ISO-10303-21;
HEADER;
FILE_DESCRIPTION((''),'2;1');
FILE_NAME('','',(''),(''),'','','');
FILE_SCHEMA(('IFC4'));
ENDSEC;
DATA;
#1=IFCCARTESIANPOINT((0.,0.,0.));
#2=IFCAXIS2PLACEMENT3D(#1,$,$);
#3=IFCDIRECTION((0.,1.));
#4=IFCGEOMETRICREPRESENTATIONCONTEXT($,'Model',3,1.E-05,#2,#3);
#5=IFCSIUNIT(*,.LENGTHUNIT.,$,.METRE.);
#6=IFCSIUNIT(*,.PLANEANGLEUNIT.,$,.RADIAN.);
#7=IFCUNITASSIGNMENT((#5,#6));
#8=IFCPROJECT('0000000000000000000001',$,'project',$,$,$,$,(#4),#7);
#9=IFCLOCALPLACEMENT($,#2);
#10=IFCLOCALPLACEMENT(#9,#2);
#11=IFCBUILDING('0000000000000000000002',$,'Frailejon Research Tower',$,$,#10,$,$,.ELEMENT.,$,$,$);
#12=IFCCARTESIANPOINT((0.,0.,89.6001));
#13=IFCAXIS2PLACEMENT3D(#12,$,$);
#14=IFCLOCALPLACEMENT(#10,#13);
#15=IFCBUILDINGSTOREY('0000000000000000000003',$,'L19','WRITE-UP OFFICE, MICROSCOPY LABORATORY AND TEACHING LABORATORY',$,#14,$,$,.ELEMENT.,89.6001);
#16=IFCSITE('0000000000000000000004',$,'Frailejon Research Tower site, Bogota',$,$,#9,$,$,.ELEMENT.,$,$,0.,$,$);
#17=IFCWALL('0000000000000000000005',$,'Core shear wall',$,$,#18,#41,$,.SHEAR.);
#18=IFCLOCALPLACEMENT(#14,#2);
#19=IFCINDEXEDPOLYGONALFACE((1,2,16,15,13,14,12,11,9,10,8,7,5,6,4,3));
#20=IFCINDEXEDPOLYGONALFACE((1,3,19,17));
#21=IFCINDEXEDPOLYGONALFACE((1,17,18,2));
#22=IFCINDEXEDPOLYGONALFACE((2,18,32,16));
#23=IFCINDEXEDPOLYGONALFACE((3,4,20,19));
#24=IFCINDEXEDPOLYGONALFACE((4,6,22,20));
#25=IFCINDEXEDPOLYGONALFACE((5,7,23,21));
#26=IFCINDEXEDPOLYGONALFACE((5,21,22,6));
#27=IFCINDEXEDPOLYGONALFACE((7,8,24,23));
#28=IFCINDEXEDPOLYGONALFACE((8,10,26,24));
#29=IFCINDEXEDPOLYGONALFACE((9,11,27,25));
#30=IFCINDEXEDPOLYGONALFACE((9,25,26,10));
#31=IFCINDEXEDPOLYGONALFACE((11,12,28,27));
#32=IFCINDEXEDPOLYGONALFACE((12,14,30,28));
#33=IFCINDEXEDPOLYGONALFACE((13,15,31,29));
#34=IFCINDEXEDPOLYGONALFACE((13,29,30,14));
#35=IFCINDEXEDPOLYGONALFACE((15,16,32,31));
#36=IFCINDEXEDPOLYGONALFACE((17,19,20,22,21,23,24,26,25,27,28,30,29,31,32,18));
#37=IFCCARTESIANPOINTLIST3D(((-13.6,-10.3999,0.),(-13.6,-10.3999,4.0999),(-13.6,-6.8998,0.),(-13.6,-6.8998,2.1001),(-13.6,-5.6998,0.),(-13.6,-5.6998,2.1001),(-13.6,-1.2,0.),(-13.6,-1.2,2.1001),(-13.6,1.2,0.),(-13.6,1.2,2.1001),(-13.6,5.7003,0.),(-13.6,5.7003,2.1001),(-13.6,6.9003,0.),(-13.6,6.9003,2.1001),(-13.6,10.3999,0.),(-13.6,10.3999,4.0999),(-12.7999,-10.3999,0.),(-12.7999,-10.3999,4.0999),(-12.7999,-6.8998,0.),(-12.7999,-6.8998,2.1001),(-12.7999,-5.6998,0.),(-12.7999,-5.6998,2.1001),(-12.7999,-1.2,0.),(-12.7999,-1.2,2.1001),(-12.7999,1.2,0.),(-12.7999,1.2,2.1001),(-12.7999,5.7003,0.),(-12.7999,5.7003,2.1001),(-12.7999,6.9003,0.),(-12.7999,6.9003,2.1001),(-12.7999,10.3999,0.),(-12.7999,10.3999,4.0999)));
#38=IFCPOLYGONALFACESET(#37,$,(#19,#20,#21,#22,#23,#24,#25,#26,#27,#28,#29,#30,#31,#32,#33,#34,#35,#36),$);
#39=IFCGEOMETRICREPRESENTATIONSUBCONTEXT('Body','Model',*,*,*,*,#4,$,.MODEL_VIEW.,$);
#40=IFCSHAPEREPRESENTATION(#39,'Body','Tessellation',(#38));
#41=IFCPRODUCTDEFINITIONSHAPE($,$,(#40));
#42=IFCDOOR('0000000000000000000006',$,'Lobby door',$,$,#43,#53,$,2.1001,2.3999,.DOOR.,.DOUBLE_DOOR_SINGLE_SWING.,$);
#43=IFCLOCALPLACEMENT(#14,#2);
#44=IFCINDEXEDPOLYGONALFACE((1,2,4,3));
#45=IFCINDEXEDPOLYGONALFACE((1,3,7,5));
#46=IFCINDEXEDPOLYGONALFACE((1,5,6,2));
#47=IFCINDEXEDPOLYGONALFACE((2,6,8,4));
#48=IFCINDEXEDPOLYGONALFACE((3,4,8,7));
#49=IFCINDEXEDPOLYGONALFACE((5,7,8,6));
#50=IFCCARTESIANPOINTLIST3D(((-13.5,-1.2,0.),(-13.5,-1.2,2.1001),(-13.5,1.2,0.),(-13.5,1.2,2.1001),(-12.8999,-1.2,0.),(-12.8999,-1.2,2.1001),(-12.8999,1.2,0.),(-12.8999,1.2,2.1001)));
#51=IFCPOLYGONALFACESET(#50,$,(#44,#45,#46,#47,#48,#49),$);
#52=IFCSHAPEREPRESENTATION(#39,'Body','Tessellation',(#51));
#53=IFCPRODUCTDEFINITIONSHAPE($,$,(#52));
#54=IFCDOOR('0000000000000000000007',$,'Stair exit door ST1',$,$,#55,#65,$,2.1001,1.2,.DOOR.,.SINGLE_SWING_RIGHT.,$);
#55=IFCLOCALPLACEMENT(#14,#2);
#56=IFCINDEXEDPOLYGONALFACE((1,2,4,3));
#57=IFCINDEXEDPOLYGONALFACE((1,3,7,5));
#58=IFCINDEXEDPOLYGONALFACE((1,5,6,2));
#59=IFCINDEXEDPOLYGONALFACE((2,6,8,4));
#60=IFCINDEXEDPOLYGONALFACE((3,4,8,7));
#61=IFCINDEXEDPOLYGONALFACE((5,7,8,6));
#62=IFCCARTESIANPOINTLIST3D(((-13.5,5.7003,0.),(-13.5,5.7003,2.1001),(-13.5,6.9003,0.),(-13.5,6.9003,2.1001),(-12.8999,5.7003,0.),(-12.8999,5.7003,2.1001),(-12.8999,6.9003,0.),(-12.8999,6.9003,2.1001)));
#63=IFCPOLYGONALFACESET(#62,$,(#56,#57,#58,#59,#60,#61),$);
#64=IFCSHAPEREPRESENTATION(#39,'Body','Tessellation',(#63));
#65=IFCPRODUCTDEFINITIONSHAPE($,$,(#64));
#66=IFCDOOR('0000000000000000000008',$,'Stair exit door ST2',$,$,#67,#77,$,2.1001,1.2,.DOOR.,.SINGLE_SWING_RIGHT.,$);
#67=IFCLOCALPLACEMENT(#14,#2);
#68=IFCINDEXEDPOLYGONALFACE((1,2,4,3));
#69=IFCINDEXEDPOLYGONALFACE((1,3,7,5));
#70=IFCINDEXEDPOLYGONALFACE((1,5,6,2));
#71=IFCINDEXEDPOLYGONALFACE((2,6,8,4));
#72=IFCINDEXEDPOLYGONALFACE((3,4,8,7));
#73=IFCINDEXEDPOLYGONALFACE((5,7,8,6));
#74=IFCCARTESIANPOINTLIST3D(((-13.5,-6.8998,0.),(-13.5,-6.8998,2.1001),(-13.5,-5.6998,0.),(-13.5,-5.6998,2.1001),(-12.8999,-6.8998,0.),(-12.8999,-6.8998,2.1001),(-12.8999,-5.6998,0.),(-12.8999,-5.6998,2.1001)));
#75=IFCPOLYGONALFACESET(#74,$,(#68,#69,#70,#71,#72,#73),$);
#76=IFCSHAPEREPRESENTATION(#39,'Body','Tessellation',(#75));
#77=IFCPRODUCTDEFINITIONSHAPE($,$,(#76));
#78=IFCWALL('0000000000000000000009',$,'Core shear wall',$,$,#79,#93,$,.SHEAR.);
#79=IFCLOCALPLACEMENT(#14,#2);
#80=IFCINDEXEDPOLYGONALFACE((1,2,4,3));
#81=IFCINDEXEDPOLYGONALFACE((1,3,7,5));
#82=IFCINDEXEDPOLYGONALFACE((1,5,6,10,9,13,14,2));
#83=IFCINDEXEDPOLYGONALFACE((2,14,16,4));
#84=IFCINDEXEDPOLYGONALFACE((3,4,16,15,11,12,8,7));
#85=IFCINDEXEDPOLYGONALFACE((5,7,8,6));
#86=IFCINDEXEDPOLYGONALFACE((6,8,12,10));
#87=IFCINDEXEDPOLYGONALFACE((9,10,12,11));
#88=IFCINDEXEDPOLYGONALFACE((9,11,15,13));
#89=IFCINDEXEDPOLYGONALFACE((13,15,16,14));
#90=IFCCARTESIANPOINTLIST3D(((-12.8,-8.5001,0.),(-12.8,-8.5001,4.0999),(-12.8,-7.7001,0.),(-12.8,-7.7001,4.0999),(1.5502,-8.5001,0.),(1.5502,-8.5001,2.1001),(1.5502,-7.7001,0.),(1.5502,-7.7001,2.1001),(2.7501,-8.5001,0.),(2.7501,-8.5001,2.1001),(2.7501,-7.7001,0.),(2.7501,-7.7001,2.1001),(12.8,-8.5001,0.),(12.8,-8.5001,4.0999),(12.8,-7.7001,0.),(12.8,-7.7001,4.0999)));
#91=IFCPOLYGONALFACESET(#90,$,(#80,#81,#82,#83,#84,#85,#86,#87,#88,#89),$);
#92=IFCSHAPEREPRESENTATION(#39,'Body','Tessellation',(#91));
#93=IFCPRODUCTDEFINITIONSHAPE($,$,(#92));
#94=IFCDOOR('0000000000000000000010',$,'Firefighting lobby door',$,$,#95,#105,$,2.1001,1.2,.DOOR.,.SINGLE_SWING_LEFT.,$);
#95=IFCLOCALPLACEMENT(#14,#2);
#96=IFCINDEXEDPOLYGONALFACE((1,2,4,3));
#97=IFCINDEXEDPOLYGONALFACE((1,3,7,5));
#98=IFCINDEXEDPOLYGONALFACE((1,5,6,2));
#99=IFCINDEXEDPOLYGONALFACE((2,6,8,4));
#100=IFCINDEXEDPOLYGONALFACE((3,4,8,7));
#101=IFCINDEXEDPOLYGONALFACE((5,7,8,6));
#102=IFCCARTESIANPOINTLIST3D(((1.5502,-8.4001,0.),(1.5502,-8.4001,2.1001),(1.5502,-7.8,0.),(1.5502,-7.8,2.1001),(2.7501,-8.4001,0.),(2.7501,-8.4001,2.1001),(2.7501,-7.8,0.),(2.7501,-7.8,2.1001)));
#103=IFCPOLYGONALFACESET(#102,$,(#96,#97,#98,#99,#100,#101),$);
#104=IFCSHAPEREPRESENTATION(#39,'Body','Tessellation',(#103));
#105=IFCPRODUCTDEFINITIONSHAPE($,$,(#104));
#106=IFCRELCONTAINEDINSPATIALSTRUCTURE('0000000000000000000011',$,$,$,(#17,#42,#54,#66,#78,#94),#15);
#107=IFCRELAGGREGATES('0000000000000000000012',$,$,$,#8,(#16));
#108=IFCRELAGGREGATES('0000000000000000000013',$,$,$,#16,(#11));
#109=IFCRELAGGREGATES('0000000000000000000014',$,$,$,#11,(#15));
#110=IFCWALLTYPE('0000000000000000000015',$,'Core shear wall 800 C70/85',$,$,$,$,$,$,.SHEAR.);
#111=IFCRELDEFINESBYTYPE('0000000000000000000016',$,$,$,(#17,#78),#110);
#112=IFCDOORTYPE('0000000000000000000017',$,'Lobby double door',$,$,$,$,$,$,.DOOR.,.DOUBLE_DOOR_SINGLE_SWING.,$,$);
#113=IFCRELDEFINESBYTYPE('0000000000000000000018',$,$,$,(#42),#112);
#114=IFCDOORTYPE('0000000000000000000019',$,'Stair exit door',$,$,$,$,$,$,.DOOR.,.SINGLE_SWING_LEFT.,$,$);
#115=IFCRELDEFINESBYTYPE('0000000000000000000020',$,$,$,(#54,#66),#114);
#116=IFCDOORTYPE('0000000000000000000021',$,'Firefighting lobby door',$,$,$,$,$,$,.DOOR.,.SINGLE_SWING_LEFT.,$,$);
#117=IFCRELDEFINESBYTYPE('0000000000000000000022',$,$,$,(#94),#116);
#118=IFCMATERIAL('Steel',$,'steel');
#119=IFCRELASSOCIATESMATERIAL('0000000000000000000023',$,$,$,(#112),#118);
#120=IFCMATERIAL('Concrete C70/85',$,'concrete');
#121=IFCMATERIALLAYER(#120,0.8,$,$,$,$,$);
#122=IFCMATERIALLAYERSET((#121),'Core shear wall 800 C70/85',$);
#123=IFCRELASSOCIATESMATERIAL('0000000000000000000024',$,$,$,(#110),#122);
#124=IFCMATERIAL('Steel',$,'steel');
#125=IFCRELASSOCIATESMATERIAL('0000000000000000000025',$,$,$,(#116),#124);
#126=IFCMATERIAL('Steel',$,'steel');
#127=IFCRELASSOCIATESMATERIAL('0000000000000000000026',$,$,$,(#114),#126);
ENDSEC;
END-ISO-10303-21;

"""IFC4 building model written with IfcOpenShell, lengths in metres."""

from ifc_helpers import new_model, si_unit, direction, frame, frame_2d, origin, place, context, subcontext, project, spatial, rectangle, extrude, material, layer, layer_set, type_object, element, fill, save


model = new_model("IFC4")

# Units and contexts
model_context = context("Model", 3, precision=1e-05, world=origin(), true_north=direction((0.0, 1.0)))
body_context = subcontext(model_context, "Body", "Model", "MODEL_VIEW")
ifc_project = project(units=[si_unit("LENGTHUNIT", "METRE"), si_unit("PLANEANGLEUNIT", "RADIAN")], contexts=[model_context])

# Site, building, storey
site_placement = place(None, origin())
site = spatial("IfcSite", under=ifc_project, at=site_placement, Name="Frailejon Research Tower site, Bogota", CompositionType="ELEMENT", RefElevation=0.0)
building_placement = place(site_placement, origin())
building = spatial("IfcBuilding", under=site, at=building_placement, Name="Frailejon Research Tower", CompositionType="ELEMENT")
storey_placement = place(building_placement, frame((0.0, 0.0, 89.6001)))
storey = spatial("IfcBuildingStorey", under=building, at=storey_placement, Name="L19", Description="WRITE-UP OFFICE, MICROSCOPY LABORATORY AND TEACHING LABORATORY", CompositionType="ELEMENT", Elevation=89.6001)

# Wall, openings, doors
ifc_material_1 = material(Name="Steel", Category="steel")
door_type_1 = type_object("IfcDoorType", Name="Lobby double door", OperationType="DOUBLE_DOOR_SINGLE_SWING", PredefinedType="DOOR", material=ifc_material_1)
ifc_material_2 = material(Name="Concrete C70/85", Category="concrete")
ifc_layer_1 = layer(ifc_material_2, 0.8)
ifc_layer_set_1 = layer_set([ifc_layer_1], Name="Core shear wall 800 C70/85")
wall_type_1 = type_object("IfcWallType", Name="Core shear wall 800 C70/85", PredefinedType="SHEAR", material=ifc_layer_set_1)
ifc_material_3 = material(Name="Steel", Category="steel")
door_type_2 = type_object("IfcDoorType", Name="Firefighting lobby door", OperationType="SINGLE_SWING_LEFT", PredefinedType="DOOR", material=ifc_material_3)
wall_1_placement = place(storey_placement, frame((-13.2, -10.3999, 0.0), z_axis=(0.0, 0.0, 1.0), x_axis=(0.0, 1.0, 0.0)))
wall_1 = element("IfcWall", 1, at=wall_1_placement, inside=storey, type_object=wall_type_1, Name="Core shear wall", PredefinedType="SHEAR", context=body_context, shape_type="SweptSolid", body=[
    extrude(rectangle(XDim=20.7998, YDim=0.8, at=frame_2d((10.3999, 0.0))), origin(), (0.0, 0.0, 1.0), 4.0999),
])
opening_1_placement = place(wall_1_placement, frame((9.2, 0.0, 0.0)))
opening_1 = element("IfcOpeningElement", 2, at=opening_1_placement, cuts=wall_1, PredefinedType="OPENING", context=body_context, shape_type="SweptSolid", body=[
    extrude(rectangle(XDim=2.3999, YDim=2.1001, at=frame_2d((1.2, 1.05))), frame((0.0, 0.4099, 0.0), z_axis=(0.0, -1.0, 0.0), x_axis=(1.0, 0.0, 0.0)), (0.0, 0.0, 1.0), 0.8201),
])
opening_2_placement = place(wall_1_placement, frame((16.1001, 0.0, 0.0)))
opening_2 = element("IfcOpeningElement", 3, at=opening_2_placement, cuts=wall_1, PredefinedType="OPENING", context=body_context, shape_type="SweptSolid", body=[
    extrude(rectangle(XDim=1.2, YDim=2.1001, at=frame_2d((0.6001, 1.05))), frame((0.0, 0.4099, 0.0), z_axis=(0.0, -1.0, 0.0), x_axis=(1.0, 0.0, 0.0)), (0.0, 0.0, 1.0), 0.8201),
])
opening_3_placement = place(wall_1_placement, frame((3.5, 0.0, 0.0)))
opening_3 = element("IfcOpeningElement", 4, at=opening_3_placement, cuts=wall_1, PredefinedType="OPENING", context=body_context, shape_type="SweptSolid", body=[
    extrude(rectangle(XDim=1.2, YDim=2.1001, at=frame_2d((0.6001, 1.05))), frame((0.0, 0.4099, 0.0), z_axis=(0.0, -1.0, 0.0), x_axis=(1.0, 0.0, 0.0)), (0.0, 0.0, 1.0), 0.8201),
])
door_1_placement = place(opening_1_placement, origin())
door_1 = element("IfcDoor", 5, at=door_1_placement, inside=storey, type_object=door_type_1, Name="Lobby door", OperationType="DOUBLE_DOOR_SINGLE_SWING", OverallHeight=2.1001, OverallWidth=2.3999, PredefinedType="DOOR", context=body_context, shape_type="SweptSolid", body=[
    extrude(rectangle(XDim=2.3999, YDim=2.1001, at=frame_2d((1.2, 1.05))), frame((0.0, 0.3, 0.0), z_axis=(0.0, -1.0, 0.0), x_axis=(1.0, 0.0, 0.0)), (0.0, 0.0, 1.0), 0.6001),
])
fill(opening_1, door_1)
ifc_material_4 = material(Name="Steel", Category="steel")
door_type_3 = type_object("IfcDoorType", Name="Stair exit door", OperationType="SINGLE_SWING_LEFT", PredefinedType="DOOR", material=ifc_material_4)
door_2_placement = place(opening_2_placement, origin())
door_2 = element("IfcDoor", 6, at=door_2_placement, inside=storey, type_object=door_type_3, Name="Stair exit door ST1", OperationType="SINGLE_SWING_RIGHT", OverallHeight=2.1001, OverallWidth=1.2, PredefinedType="DOOR", context=body_context, shape_type="SweptSolid", body=[
    extrude(rectangle(XDim=1.2, YDim=2.1001, at=frame_2d((0.6001, 1.05))), frame((0.0, 0.3, 0.0), z_axis=(0.0, -1.0, 0.0), x_axis=(1.0, 0.0, 0.0)), (0.0, 0.0, 1.0), 0.6001),
])
fill(opening_2, door_2)
door_3_placement = place(opening_3_placement, origin())
door_3 = element("IfcDoor", 7, at=door_3_placement, inside=storey, type_object=door_type_3, Name="Stair exit door ST2", OperationType="SINGLE_SWING_RIGHT", OverallHeight=2.1001, OverallWidth=1.2, PredefinedType="DOOR", context=body_context, shape_type="SweptSolid", body=[
    extrude(rectangle(XDim=1.2, YDim=2.1001, at=frame_2d((0.6001, 1.05))), frame((0.0, 0.3, 0.0), z_axis=(0.0, -1.0, 0.0), x_axis=(1.0, 0.0, 0.0)), (0.0, 0.0, 1.0), 0.6001),
])
fill(opening_3, door_3)

# Wall, opening, door
wall_2_placement = place(storey_placement, frame((-12.8, -8.1001, 0.0), z_axis=(0.0, 0.0, 1.0), x_axis=(1.0, 0.0, 0.0)))
wall_2 = element("IfcWall", 8, at=wall_2_placement, inside=storey, type_object=wall_type_1, Name="Core shear wall", PredefinedType="SHEAR", context=body_context, shape_type="SweptSolid", body=[
    extrude(rectangle(XDim=25.6001, YDim=0.8, at=frame_2d((12.8, 0.0))), origin(), (0.0, 0.0, 1.0), 4.0999),
])
opening_4_placement = place(wall_2_placement, frame((14.3501, 0.0, 0.0)))
opening_4 = element("IfcOpeningElement", 9, at=opening_4_placement, cuts=wall_2, PredefinedType="OPENING", context=body_context, shape_type="SweptSolid", body=[
    extrude(rectangle(XDim=1.2, YDim=2.1001, at=frame_2d((0.6001, 1.05))), frame((0.0, 0.4099, 0.0), z_axis=(0.0, -1.0, 0.0), x_axis=(1.0, 0.0, 0.0)), (0.0, 0.0, 1.0), 0.8201),
])
door_4_placement = place(opening_4_placement, origin())
door_4 = element("IfcDoor", 10, at=door_4_placement, inside=storey, type_object=door_type_2, Name="Firefighting lobby door", OperationType="SINGLE_SWING_LEFT", OverallHeight=2.1001, OverallWidth=1.2, PredefinedType="DOOR", context=body_context, shape_type="SweptSolid", body=[
    extrude(rectangle(XDim=1.2, YDim=2.1001, at=frame_2d((0.6001, 1.05))), frame((0.0, 0.3, 0.0), z_axis=(0.0, -1.0, 0.0), x_axis=(1.0, 0.0, 0.0)), (0.0, 0.0, 1.0), 0.6001),
])
fill(opening_4, door_4)

save(model, "model.ifc")
